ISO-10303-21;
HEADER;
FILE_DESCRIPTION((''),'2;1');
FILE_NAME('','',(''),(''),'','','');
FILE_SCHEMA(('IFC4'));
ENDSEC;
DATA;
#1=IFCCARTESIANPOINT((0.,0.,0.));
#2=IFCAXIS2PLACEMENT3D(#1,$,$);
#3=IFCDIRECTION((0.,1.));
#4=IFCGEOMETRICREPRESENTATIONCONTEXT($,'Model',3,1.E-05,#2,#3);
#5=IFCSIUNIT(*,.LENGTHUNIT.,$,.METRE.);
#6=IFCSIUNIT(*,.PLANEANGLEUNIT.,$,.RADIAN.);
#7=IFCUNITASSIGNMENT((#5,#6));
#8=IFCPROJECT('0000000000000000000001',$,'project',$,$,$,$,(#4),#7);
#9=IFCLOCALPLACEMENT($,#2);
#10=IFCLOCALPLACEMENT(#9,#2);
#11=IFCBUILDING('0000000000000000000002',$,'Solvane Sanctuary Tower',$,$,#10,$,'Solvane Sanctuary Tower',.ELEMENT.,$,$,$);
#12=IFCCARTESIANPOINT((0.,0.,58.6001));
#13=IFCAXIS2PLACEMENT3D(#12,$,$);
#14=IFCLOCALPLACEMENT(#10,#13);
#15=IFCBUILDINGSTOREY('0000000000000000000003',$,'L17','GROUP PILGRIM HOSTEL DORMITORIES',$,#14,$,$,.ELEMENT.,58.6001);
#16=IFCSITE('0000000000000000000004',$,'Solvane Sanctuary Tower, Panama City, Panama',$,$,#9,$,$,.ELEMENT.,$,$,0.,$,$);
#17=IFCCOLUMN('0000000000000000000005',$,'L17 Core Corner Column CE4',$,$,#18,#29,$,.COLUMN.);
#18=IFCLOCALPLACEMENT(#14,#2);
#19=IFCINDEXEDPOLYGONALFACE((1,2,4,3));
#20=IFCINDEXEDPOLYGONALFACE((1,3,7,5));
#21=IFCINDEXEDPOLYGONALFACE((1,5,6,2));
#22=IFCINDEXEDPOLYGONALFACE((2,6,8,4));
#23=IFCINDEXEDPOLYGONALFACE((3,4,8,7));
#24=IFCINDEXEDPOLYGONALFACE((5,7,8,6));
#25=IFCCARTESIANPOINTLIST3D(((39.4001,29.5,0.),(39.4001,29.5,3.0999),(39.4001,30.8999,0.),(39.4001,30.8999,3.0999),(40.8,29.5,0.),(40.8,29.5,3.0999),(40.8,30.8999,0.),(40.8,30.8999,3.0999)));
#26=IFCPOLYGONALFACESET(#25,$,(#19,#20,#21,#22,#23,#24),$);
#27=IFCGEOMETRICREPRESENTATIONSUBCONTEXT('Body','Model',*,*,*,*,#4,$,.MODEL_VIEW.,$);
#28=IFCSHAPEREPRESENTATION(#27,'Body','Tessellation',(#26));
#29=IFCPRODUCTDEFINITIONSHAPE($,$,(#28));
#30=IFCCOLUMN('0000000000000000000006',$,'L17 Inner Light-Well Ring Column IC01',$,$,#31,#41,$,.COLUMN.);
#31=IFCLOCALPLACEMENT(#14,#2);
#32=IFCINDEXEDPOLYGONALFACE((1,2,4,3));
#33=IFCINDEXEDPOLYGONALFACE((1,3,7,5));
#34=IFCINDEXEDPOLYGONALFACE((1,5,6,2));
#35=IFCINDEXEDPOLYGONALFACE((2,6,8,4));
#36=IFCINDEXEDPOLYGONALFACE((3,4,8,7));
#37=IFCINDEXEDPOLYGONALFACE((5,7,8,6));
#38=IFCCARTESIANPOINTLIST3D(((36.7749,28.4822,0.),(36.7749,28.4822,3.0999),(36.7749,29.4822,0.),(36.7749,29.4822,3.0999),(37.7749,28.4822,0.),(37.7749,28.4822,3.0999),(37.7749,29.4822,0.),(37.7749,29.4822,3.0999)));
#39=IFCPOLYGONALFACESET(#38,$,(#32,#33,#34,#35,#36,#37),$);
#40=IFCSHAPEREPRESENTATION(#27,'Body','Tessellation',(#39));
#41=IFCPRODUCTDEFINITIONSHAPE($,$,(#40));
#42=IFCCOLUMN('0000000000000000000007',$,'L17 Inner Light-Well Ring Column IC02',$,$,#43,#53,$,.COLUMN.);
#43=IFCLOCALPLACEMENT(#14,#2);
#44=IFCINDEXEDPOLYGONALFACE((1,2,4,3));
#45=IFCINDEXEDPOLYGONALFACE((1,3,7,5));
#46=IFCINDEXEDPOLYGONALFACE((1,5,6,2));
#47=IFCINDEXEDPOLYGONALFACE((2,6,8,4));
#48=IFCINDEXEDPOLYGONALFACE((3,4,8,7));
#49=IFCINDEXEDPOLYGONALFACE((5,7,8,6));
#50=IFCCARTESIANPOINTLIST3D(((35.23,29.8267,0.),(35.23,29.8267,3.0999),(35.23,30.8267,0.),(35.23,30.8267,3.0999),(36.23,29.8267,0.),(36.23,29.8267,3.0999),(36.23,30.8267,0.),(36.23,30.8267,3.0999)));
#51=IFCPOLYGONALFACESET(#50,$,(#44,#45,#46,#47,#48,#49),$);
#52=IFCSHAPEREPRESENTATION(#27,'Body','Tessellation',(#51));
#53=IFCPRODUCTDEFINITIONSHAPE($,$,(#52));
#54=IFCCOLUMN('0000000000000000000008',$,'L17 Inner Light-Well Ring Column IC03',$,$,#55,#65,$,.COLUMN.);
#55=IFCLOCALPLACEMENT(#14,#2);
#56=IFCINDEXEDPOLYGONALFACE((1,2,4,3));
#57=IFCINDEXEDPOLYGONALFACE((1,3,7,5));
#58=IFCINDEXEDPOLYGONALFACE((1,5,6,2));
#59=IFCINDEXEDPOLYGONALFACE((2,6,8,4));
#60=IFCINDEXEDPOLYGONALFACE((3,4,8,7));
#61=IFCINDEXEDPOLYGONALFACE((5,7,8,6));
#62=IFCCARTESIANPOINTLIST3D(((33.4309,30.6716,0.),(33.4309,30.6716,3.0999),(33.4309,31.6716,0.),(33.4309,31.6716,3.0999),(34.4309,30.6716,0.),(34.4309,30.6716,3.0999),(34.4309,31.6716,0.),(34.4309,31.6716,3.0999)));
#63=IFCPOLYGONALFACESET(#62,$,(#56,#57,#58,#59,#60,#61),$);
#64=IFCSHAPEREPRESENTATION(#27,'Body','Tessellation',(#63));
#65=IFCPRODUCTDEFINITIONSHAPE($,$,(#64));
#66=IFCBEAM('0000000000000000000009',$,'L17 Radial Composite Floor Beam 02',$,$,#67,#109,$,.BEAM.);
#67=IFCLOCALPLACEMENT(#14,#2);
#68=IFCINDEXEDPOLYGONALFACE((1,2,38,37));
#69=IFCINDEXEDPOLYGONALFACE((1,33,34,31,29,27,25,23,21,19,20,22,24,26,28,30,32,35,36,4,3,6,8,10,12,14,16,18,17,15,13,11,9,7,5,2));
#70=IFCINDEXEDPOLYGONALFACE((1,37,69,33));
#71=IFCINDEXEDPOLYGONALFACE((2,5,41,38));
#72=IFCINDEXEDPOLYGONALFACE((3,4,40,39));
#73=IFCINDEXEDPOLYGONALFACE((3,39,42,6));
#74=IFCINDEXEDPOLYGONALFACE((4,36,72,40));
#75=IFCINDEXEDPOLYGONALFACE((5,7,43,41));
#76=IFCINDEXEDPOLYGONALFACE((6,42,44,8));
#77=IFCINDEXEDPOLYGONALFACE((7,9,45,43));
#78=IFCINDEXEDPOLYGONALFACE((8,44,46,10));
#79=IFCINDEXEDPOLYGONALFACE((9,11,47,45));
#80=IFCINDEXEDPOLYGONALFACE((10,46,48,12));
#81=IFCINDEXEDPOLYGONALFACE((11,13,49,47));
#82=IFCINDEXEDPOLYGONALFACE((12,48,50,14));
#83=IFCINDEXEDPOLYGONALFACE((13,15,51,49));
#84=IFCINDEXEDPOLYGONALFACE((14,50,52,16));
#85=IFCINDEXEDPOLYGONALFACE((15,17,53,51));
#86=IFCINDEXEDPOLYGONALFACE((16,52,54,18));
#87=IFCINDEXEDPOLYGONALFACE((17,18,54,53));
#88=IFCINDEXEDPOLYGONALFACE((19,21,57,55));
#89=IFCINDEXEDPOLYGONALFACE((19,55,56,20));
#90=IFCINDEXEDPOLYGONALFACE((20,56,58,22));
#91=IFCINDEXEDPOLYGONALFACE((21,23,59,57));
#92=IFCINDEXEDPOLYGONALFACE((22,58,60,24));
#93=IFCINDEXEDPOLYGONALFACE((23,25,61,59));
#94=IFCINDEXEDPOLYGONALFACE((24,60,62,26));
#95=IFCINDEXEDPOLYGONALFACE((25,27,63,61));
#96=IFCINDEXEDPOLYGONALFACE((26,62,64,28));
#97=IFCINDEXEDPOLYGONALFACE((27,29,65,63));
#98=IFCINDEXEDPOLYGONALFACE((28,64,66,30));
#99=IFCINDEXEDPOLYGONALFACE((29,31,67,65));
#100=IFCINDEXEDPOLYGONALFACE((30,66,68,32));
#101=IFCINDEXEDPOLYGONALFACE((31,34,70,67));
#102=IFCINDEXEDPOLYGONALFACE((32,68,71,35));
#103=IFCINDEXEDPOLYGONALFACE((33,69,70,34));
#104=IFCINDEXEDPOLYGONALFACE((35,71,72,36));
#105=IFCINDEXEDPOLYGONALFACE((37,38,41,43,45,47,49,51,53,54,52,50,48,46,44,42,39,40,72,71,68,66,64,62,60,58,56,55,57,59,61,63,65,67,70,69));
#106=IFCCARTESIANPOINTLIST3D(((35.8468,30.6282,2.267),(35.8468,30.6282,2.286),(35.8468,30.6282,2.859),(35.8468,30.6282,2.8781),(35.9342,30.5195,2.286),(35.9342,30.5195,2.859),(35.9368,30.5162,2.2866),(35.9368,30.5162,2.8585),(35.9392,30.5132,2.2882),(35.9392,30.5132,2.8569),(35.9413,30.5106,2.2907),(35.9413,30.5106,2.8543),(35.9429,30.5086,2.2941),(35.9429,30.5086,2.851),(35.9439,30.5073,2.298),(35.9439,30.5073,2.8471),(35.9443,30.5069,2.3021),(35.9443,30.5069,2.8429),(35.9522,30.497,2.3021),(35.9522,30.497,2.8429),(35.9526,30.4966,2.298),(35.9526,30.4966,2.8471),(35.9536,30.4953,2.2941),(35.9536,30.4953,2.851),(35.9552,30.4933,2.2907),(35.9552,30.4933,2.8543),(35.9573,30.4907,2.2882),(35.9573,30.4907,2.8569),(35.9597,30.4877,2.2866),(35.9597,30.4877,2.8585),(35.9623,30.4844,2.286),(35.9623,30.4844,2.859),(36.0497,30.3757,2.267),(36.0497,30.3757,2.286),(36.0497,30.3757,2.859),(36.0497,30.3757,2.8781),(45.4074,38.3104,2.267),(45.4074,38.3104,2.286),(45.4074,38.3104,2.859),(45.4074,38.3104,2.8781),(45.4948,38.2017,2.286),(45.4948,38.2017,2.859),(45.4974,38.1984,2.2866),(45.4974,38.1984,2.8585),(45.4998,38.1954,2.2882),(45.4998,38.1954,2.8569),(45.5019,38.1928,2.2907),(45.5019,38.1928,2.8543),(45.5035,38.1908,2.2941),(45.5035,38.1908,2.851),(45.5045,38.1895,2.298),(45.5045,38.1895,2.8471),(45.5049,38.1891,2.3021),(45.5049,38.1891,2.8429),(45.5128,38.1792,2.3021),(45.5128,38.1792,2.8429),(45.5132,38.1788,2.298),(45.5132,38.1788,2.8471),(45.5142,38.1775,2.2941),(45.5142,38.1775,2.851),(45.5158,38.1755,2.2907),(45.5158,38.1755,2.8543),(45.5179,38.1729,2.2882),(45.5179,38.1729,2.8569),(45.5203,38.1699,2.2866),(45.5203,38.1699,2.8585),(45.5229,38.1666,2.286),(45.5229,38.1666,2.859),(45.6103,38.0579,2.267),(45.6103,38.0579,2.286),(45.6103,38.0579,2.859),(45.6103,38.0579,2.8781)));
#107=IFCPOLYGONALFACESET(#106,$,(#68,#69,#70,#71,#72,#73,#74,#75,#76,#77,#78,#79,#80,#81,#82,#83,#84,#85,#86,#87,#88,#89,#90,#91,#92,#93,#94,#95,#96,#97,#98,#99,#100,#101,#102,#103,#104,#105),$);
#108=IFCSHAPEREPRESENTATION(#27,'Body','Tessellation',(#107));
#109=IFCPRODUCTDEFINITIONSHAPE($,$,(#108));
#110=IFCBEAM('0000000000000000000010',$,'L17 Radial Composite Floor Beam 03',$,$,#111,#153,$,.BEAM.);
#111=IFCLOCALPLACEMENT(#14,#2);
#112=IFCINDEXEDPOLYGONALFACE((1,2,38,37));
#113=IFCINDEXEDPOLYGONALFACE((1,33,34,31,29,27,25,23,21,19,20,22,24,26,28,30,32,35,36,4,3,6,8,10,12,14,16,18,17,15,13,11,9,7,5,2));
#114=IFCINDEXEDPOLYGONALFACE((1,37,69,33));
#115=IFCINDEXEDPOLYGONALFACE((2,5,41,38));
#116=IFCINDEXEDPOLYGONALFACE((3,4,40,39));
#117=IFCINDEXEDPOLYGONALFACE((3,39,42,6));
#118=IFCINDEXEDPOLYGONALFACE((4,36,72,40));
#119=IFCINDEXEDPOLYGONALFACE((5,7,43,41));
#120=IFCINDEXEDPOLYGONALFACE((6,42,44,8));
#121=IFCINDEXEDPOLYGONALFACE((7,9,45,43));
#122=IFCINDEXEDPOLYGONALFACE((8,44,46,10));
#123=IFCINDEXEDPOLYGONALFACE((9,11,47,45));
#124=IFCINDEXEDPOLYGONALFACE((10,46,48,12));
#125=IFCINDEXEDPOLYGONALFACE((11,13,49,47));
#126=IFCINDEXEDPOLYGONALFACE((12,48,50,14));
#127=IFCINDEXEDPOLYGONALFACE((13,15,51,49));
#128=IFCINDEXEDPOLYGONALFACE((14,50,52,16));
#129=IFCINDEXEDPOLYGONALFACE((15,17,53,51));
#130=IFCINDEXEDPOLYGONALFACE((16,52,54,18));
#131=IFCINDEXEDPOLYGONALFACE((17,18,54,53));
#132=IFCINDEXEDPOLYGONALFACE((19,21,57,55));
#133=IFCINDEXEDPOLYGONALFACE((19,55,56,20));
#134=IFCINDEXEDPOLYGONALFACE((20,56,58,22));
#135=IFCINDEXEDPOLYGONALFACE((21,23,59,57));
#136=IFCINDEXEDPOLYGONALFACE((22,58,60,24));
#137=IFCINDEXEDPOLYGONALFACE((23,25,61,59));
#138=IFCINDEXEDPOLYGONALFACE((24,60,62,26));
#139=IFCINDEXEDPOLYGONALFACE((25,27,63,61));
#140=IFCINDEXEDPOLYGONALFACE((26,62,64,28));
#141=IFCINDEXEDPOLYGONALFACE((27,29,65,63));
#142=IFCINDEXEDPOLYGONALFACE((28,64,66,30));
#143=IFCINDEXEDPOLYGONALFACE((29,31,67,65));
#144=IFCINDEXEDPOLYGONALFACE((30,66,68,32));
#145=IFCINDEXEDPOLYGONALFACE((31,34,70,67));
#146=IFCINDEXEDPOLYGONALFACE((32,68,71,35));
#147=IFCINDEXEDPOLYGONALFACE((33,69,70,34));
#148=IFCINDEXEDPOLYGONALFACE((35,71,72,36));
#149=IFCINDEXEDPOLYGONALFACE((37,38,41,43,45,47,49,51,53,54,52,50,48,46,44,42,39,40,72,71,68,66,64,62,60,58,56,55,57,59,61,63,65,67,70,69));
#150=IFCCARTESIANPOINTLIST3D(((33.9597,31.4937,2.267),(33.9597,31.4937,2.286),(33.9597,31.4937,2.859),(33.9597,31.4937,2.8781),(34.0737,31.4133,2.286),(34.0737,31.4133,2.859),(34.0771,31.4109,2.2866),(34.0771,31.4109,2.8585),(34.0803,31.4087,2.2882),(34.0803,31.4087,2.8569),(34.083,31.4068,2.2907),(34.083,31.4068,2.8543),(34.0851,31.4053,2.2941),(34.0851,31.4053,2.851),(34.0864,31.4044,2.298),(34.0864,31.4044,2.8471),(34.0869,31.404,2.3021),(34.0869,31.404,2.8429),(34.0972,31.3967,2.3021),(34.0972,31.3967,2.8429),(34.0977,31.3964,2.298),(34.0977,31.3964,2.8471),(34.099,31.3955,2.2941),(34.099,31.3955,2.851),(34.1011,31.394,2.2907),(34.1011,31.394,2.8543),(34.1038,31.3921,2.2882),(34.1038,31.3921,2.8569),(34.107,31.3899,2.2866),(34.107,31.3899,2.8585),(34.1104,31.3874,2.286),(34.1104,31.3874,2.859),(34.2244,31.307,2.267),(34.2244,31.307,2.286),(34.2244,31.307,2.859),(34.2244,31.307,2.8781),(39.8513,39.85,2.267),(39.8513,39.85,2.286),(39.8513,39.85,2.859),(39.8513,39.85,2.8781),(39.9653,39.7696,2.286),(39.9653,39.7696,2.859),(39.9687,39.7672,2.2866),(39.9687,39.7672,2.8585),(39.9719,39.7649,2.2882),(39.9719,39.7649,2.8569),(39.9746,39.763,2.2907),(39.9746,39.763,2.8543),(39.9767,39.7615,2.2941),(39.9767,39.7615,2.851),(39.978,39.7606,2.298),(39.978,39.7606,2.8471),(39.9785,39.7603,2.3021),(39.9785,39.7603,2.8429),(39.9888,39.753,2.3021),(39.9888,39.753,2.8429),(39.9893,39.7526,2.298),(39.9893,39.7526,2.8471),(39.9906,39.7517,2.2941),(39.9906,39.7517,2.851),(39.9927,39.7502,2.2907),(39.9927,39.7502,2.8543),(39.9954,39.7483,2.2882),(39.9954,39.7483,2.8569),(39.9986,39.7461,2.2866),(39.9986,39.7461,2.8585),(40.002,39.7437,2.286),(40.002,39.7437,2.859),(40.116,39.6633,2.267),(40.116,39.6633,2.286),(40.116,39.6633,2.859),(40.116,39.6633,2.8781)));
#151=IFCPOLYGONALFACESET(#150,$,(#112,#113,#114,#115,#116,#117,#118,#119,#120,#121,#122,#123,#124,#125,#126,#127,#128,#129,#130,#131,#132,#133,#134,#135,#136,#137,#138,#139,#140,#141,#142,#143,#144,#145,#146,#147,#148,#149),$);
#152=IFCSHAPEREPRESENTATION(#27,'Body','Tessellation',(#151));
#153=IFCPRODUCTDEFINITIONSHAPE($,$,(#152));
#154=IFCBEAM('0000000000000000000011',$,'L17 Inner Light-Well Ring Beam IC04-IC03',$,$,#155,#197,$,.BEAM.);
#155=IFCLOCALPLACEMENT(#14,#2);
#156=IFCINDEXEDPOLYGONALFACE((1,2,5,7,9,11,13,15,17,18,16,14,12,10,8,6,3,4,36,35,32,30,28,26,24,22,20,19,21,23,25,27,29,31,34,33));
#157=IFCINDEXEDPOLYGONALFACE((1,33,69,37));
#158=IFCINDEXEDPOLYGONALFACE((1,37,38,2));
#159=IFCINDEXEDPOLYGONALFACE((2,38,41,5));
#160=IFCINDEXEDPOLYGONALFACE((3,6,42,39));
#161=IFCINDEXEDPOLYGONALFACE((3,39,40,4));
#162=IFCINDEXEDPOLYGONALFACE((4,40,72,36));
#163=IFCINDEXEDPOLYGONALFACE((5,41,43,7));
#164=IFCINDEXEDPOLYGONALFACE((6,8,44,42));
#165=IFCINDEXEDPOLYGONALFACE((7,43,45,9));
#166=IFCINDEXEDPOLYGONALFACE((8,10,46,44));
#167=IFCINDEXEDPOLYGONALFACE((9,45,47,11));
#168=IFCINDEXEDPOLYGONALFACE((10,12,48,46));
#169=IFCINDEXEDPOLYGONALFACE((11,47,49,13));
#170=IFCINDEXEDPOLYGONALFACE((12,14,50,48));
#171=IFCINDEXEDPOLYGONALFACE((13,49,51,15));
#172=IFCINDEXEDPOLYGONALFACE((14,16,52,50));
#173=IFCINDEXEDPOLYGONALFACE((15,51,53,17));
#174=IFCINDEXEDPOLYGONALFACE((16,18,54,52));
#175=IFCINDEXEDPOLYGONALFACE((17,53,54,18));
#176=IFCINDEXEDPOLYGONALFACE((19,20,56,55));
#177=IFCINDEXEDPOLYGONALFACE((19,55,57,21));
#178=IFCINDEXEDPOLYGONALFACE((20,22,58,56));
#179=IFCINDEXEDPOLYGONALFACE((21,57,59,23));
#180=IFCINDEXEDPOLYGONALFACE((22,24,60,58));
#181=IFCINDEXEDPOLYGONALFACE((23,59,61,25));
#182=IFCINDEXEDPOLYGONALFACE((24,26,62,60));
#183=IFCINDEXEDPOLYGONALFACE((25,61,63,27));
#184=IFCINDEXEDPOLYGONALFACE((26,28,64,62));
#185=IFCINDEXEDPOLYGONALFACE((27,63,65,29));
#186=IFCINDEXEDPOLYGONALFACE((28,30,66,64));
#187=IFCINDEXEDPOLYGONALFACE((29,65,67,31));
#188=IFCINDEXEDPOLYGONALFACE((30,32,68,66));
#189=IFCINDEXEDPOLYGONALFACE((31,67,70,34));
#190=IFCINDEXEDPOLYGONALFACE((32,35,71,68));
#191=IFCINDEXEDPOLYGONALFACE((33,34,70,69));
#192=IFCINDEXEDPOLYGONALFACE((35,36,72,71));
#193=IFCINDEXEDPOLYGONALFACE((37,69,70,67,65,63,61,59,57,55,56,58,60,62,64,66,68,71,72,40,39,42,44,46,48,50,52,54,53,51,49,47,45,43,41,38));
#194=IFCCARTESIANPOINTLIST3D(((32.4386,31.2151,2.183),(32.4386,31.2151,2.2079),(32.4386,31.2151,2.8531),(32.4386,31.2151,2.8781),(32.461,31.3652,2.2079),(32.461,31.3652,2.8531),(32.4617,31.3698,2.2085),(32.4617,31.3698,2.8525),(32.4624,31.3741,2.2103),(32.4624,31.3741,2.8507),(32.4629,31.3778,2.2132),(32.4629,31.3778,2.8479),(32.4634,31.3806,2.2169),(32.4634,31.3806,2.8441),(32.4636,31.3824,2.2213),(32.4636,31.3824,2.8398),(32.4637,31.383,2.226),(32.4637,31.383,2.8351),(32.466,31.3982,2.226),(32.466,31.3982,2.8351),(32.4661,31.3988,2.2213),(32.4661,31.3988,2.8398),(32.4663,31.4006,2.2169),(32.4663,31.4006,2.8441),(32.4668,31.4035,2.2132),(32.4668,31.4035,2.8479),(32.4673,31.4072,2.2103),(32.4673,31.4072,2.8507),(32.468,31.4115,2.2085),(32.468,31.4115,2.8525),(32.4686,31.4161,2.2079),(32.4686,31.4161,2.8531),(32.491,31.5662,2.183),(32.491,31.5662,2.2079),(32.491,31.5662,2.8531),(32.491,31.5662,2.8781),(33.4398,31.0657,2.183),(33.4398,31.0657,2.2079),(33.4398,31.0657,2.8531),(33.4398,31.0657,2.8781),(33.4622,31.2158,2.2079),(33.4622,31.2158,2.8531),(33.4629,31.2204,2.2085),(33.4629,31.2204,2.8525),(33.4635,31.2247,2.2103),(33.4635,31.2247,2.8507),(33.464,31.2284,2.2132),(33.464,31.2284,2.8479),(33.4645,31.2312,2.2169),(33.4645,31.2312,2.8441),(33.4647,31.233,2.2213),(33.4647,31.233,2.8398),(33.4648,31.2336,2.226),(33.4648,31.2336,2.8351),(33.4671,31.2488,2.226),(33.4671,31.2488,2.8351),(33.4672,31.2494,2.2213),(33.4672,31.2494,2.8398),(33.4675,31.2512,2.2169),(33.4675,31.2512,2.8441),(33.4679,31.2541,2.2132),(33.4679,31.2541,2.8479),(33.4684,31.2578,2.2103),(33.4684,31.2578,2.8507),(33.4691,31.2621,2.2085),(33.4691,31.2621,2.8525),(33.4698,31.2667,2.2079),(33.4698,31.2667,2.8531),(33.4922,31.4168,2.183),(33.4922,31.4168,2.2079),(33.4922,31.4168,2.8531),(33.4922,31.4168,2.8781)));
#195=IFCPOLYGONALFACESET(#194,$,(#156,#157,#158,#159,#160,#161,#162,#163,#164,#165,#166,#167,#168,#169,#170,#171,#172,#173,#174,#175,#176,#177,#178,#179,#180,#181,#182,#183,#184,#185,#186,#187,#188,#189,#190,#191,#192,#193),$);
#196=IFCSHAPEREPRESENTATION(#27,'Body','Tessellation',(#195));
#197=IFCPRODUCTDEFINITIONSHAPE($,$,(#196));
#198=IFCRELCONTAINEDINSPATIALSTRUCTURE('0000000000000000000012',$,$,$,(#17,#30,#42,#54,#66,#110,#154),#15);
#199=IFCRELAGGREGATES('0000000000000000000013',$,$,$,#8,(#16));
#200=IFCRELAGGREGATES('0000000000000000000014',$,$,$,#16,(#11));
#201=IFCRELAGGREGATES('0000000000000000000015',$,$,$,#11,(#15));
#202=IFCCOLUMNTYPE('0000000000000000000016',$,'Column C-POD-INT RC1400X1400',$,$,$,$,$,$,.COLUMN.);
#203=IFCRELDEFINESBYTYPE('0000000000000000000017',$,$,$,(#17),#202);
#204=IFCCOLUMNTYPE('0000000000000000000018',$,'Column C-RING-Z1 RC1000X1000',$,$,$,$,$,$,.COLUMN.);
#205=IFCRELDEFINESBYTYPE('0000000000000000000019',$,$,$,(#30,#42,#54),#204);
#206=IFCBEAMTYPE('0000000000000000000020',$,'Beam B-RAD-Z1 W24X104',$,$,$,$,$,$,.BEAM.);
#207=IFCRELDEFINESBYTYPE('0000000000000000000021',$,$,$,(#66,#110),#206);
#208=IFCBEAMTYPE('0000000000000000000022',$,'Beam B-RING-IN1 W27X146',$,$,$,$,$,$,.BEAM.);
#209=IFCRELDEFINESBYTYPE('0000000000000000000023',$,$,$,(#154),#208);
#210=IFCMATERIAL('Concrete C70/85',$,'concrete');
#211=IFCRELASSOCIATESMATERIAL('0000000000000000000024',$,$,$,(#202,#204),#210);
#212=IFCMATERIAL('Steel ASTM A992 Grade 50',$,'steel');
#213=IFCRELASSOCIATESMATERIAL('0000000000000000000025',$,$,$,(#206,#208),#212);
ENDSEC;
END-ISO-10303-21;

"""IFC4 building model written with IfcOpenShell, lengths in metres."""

from ifc_helpers import new_model, si_unit, direction, frame, origin, origin_2d, place, context, subcontext, project, spatial, rectangle, i_section, extrude, material, material_profile, profile_set, type_object, element, save


model = new_model("IFC4")

# Units and contexts
model_context = context("Model", 3, precision=1e-05, world=origin(), true_north=direction((0.0, 1.0)))
body_context = subcontext(model_context, "Body", "Model", "MODEL_VIEW")
ifc_project = project(units=[si_unit("LENGTHUNIT", "METRE"), si_unit("PLANEANGLEUNIT", "RADIAN")], contexts=[model_context])

# Site, building, storey
site_placement = place(None, origin())
site = spatial("IfcSite", under=ifc_project, at=site_placement, Name="Solvane Sanctuary Tower, Panama City, Panama", CompositionType="ELEMENT", RefElevation=0.0)
building_placement = place(site_placement, origin())
building = spatial("IfcBuilding", under=site, at=building_placement, Name="Solvane Sanctuary Tower", LongName="Solvane Sanctuary Tower", CompositionType="ELEMENT")
storey_placement = place(building_placement, frame((0.0, 0.0, 58.6001)))
storey = spatial("IfcBuildingStorey", under=building, at=storey_placement, Name="L17", Description="GROUP PILGRIM HOSTEL DORMITORIES", CompositionType="ELEMENT", Elevation=58.6001)

# Columns
ifc_material_1 = material(Name="Concrete C70/85", Category="concrete")
ifc_material_profile_1 = material_profile(ifc_material_1, rectangle(XDim=1.3999, YDim=1.3999, at=origin_2d()), Name="RC1400X1400")
ifc_profile_set_1 = profile_set([ifc_material_profile_1], Name="Concrete C70/85")
column_type_1 = type_object("IfcColumnType", Name="Column C-POD-INT RC1400X1400", PredefinedType="COLUMN", material=ifc_profile_set_1)
column_placement = place(storey_placement, frame((40.1001, 30.2, 0.0), z_axis=(0.0, 0.0, 1.0), x_axis=(1.0, 0.0, 0.0)))
element("IfcColumn", 1, at=column_placement, inside=storey, type_object=column_type_1, Name="L17 Core Corner Column CE4", PredefinedType="COLUMN", context=body_context, shape_type="SweptSolid", body=[
    extrude(rectangle(XDim=1.3999, YDim=1.3999, at=origin_2d()), origin(), (0.0, 0.0, 1.0), 3.0999),
])
ifc_material_profile_2 = material_profile(ifc_material_1, rectangle(XDim=1.0, YDim=1.0, at=origin_2d()), Name="RC1000X1000")
ifc_profile_set_2 = profile_set([ifc_material_profile_2], Name="Concrete C70/85")
column_type_2 = type_object("IfcColumnType", Name="Column C-RING-Z1 RC1000X1000", PredefinedType="COLUMN", material=ifc_profile_set_2)
for number, where, z_axis, x_axis, name in (
    (2, (37.2749, 28.9822, 0.0), (0.0, 0.0, 1.0), (1.0, 0.0, 0.0), "L17 Inner Light-Well Ring Column IC01"),
    (3, (35.73, 30.3267, 0.0), (0.0, 0.0, 1.0), (1.0, 0.0, 0.0), "L17 Inner Light-Well Ring Column IC02"),
    (4, (33.9309, 31.1716, 0.0), (0.0, 0.0, 1.0), (1.0, 0.0, 0.0), "L17 Inner Light-Well Ring Column IC03"),
):
    element("IfcColumn", number, at=place(storey_placement, frame(where, z_axis=z_axis, x_axis=x_axis)), inside=storey, type_object=column_type_2, Name=name, PredefinedType="COLUMN", context=body_context, shape_type="SweptSolid", body=[
        extrude(rectangle(XDim=1.0, YDim=1.0, at=origin_2d()), origin(), (0.0, 0.0, 1.0), 3.0999),
    ])

# Beams
ifc_material_2 = material(Name="Steel ASTM A992 Grade 50", Category="steel")
ifc_material_profile_3 = material_profile(ifc_material_2, i_section(OverallWidth=0.324, OverallDepth=0.6111, WebThickness=0.0127, FlangeThickness=0.019, FilletRadius=0.0161, at=origin_2d()), Name="W24X104")
ifc_profile_set_3 = profile_set([ifc_material_profile_3], Name="Steel ASTM A992 Grade 50")
beam_type_1 = type_object("IfcBeamType", Name="Beam B-RAD-Z1 W24X104", PredefinedType="BEAM", material=ifc_profile_set_3)
beam_1_placement = place(storey_placement, frame((35.9482, 30.502, 2.5725), z_axis=(0.779527, 0.626369, 0.0), x_axis=(-0.626369, 0.779527, 0.0)))
element("IfcBeam", 5, at=beam_1_placement, inside=storey, type_object=beam_type_1, Name="L17 Radial Composite Floor Beam 02", PredefinedType="BEAM", context=body_context, shape_type="SweptSolid", body=[
    extrude(i_section(OverallWidth=0.324, OverallDepth=0.6111, WebThickness=0.0127, FlangeThickness=0.019, FilletRadius=0.0161, at=origin_2d()), origin(), (0.0, 0.0, 1.0), 12.2646),
])
beam_2_placement = place(storey_placement, frame((34.092, 31.4004, 2.5725), z_axis=(0.576233, 0.817285, 0.0), x_axis=(-0.817285, 0.576233, 0.0)))
element("IfcBeam", 6, at=beam_2_placement, inside=storey, type_object=beam_type_1, Name="L17 Radial Composite Floor Beam 03", PredefinedType="BEAM", context=body_context, shape_type="SweptSolid", body=[
    extrude(i_section(OverallWidth=0.324, OverallDepth=0.6111, WebThickness=0.0127, FlangeThickness=0.019, FilletRadius=0.0161, at=origin_2d()), origin(), (0.0, 0.0, 1.0), 10.2244),
])
ifc_material_profile_4 = material_profile(ifc_material_2, i_section(OverallWidth=0.355, OverallDepth=0.6951, WebThickness=0.0154, FlangeThickness=0.0249, FilletRadius=0.0181, at=origin_2d()), Name="W27X146")
ifc_profile_set_4 = profile_set([ifc_material_profile_4], Name="Steel ASTM A992 Grade 50")
beam_type_2 = type_object("IfcBeamType", Name="Beam B-RING-IN1 W27X146", PredefinedType="BEAM", material=ifc_profile_set_4)
beam_3_placement = place(storey_placement, frame((32.4648, 31.3906, 2.5305), z_axis=(0.989048, -0.147597, 0.0), x_axis=(0.147597, 0.989048, 0.0)))
element("IfcBeam", 7, at=beam_3_placement, inside=storey, type_object=beam_type_2, Name="L17 Inner Light-Well Ring Beam IC04-IC03", PredefinedType="BEAM", context=body_context, shape_type="SweptSolid", body=[
    extrude(i_section(OverallWidth=0.355, OverallDepth=0.6951, WebThickness=0.0154, FlangeThickness=0.0249, FilletRadius=0.0181, at=origin_2d()), origin(), (0.0, 0.0, 1.0), 1.0122),
])

save(model, "model.ifc")
